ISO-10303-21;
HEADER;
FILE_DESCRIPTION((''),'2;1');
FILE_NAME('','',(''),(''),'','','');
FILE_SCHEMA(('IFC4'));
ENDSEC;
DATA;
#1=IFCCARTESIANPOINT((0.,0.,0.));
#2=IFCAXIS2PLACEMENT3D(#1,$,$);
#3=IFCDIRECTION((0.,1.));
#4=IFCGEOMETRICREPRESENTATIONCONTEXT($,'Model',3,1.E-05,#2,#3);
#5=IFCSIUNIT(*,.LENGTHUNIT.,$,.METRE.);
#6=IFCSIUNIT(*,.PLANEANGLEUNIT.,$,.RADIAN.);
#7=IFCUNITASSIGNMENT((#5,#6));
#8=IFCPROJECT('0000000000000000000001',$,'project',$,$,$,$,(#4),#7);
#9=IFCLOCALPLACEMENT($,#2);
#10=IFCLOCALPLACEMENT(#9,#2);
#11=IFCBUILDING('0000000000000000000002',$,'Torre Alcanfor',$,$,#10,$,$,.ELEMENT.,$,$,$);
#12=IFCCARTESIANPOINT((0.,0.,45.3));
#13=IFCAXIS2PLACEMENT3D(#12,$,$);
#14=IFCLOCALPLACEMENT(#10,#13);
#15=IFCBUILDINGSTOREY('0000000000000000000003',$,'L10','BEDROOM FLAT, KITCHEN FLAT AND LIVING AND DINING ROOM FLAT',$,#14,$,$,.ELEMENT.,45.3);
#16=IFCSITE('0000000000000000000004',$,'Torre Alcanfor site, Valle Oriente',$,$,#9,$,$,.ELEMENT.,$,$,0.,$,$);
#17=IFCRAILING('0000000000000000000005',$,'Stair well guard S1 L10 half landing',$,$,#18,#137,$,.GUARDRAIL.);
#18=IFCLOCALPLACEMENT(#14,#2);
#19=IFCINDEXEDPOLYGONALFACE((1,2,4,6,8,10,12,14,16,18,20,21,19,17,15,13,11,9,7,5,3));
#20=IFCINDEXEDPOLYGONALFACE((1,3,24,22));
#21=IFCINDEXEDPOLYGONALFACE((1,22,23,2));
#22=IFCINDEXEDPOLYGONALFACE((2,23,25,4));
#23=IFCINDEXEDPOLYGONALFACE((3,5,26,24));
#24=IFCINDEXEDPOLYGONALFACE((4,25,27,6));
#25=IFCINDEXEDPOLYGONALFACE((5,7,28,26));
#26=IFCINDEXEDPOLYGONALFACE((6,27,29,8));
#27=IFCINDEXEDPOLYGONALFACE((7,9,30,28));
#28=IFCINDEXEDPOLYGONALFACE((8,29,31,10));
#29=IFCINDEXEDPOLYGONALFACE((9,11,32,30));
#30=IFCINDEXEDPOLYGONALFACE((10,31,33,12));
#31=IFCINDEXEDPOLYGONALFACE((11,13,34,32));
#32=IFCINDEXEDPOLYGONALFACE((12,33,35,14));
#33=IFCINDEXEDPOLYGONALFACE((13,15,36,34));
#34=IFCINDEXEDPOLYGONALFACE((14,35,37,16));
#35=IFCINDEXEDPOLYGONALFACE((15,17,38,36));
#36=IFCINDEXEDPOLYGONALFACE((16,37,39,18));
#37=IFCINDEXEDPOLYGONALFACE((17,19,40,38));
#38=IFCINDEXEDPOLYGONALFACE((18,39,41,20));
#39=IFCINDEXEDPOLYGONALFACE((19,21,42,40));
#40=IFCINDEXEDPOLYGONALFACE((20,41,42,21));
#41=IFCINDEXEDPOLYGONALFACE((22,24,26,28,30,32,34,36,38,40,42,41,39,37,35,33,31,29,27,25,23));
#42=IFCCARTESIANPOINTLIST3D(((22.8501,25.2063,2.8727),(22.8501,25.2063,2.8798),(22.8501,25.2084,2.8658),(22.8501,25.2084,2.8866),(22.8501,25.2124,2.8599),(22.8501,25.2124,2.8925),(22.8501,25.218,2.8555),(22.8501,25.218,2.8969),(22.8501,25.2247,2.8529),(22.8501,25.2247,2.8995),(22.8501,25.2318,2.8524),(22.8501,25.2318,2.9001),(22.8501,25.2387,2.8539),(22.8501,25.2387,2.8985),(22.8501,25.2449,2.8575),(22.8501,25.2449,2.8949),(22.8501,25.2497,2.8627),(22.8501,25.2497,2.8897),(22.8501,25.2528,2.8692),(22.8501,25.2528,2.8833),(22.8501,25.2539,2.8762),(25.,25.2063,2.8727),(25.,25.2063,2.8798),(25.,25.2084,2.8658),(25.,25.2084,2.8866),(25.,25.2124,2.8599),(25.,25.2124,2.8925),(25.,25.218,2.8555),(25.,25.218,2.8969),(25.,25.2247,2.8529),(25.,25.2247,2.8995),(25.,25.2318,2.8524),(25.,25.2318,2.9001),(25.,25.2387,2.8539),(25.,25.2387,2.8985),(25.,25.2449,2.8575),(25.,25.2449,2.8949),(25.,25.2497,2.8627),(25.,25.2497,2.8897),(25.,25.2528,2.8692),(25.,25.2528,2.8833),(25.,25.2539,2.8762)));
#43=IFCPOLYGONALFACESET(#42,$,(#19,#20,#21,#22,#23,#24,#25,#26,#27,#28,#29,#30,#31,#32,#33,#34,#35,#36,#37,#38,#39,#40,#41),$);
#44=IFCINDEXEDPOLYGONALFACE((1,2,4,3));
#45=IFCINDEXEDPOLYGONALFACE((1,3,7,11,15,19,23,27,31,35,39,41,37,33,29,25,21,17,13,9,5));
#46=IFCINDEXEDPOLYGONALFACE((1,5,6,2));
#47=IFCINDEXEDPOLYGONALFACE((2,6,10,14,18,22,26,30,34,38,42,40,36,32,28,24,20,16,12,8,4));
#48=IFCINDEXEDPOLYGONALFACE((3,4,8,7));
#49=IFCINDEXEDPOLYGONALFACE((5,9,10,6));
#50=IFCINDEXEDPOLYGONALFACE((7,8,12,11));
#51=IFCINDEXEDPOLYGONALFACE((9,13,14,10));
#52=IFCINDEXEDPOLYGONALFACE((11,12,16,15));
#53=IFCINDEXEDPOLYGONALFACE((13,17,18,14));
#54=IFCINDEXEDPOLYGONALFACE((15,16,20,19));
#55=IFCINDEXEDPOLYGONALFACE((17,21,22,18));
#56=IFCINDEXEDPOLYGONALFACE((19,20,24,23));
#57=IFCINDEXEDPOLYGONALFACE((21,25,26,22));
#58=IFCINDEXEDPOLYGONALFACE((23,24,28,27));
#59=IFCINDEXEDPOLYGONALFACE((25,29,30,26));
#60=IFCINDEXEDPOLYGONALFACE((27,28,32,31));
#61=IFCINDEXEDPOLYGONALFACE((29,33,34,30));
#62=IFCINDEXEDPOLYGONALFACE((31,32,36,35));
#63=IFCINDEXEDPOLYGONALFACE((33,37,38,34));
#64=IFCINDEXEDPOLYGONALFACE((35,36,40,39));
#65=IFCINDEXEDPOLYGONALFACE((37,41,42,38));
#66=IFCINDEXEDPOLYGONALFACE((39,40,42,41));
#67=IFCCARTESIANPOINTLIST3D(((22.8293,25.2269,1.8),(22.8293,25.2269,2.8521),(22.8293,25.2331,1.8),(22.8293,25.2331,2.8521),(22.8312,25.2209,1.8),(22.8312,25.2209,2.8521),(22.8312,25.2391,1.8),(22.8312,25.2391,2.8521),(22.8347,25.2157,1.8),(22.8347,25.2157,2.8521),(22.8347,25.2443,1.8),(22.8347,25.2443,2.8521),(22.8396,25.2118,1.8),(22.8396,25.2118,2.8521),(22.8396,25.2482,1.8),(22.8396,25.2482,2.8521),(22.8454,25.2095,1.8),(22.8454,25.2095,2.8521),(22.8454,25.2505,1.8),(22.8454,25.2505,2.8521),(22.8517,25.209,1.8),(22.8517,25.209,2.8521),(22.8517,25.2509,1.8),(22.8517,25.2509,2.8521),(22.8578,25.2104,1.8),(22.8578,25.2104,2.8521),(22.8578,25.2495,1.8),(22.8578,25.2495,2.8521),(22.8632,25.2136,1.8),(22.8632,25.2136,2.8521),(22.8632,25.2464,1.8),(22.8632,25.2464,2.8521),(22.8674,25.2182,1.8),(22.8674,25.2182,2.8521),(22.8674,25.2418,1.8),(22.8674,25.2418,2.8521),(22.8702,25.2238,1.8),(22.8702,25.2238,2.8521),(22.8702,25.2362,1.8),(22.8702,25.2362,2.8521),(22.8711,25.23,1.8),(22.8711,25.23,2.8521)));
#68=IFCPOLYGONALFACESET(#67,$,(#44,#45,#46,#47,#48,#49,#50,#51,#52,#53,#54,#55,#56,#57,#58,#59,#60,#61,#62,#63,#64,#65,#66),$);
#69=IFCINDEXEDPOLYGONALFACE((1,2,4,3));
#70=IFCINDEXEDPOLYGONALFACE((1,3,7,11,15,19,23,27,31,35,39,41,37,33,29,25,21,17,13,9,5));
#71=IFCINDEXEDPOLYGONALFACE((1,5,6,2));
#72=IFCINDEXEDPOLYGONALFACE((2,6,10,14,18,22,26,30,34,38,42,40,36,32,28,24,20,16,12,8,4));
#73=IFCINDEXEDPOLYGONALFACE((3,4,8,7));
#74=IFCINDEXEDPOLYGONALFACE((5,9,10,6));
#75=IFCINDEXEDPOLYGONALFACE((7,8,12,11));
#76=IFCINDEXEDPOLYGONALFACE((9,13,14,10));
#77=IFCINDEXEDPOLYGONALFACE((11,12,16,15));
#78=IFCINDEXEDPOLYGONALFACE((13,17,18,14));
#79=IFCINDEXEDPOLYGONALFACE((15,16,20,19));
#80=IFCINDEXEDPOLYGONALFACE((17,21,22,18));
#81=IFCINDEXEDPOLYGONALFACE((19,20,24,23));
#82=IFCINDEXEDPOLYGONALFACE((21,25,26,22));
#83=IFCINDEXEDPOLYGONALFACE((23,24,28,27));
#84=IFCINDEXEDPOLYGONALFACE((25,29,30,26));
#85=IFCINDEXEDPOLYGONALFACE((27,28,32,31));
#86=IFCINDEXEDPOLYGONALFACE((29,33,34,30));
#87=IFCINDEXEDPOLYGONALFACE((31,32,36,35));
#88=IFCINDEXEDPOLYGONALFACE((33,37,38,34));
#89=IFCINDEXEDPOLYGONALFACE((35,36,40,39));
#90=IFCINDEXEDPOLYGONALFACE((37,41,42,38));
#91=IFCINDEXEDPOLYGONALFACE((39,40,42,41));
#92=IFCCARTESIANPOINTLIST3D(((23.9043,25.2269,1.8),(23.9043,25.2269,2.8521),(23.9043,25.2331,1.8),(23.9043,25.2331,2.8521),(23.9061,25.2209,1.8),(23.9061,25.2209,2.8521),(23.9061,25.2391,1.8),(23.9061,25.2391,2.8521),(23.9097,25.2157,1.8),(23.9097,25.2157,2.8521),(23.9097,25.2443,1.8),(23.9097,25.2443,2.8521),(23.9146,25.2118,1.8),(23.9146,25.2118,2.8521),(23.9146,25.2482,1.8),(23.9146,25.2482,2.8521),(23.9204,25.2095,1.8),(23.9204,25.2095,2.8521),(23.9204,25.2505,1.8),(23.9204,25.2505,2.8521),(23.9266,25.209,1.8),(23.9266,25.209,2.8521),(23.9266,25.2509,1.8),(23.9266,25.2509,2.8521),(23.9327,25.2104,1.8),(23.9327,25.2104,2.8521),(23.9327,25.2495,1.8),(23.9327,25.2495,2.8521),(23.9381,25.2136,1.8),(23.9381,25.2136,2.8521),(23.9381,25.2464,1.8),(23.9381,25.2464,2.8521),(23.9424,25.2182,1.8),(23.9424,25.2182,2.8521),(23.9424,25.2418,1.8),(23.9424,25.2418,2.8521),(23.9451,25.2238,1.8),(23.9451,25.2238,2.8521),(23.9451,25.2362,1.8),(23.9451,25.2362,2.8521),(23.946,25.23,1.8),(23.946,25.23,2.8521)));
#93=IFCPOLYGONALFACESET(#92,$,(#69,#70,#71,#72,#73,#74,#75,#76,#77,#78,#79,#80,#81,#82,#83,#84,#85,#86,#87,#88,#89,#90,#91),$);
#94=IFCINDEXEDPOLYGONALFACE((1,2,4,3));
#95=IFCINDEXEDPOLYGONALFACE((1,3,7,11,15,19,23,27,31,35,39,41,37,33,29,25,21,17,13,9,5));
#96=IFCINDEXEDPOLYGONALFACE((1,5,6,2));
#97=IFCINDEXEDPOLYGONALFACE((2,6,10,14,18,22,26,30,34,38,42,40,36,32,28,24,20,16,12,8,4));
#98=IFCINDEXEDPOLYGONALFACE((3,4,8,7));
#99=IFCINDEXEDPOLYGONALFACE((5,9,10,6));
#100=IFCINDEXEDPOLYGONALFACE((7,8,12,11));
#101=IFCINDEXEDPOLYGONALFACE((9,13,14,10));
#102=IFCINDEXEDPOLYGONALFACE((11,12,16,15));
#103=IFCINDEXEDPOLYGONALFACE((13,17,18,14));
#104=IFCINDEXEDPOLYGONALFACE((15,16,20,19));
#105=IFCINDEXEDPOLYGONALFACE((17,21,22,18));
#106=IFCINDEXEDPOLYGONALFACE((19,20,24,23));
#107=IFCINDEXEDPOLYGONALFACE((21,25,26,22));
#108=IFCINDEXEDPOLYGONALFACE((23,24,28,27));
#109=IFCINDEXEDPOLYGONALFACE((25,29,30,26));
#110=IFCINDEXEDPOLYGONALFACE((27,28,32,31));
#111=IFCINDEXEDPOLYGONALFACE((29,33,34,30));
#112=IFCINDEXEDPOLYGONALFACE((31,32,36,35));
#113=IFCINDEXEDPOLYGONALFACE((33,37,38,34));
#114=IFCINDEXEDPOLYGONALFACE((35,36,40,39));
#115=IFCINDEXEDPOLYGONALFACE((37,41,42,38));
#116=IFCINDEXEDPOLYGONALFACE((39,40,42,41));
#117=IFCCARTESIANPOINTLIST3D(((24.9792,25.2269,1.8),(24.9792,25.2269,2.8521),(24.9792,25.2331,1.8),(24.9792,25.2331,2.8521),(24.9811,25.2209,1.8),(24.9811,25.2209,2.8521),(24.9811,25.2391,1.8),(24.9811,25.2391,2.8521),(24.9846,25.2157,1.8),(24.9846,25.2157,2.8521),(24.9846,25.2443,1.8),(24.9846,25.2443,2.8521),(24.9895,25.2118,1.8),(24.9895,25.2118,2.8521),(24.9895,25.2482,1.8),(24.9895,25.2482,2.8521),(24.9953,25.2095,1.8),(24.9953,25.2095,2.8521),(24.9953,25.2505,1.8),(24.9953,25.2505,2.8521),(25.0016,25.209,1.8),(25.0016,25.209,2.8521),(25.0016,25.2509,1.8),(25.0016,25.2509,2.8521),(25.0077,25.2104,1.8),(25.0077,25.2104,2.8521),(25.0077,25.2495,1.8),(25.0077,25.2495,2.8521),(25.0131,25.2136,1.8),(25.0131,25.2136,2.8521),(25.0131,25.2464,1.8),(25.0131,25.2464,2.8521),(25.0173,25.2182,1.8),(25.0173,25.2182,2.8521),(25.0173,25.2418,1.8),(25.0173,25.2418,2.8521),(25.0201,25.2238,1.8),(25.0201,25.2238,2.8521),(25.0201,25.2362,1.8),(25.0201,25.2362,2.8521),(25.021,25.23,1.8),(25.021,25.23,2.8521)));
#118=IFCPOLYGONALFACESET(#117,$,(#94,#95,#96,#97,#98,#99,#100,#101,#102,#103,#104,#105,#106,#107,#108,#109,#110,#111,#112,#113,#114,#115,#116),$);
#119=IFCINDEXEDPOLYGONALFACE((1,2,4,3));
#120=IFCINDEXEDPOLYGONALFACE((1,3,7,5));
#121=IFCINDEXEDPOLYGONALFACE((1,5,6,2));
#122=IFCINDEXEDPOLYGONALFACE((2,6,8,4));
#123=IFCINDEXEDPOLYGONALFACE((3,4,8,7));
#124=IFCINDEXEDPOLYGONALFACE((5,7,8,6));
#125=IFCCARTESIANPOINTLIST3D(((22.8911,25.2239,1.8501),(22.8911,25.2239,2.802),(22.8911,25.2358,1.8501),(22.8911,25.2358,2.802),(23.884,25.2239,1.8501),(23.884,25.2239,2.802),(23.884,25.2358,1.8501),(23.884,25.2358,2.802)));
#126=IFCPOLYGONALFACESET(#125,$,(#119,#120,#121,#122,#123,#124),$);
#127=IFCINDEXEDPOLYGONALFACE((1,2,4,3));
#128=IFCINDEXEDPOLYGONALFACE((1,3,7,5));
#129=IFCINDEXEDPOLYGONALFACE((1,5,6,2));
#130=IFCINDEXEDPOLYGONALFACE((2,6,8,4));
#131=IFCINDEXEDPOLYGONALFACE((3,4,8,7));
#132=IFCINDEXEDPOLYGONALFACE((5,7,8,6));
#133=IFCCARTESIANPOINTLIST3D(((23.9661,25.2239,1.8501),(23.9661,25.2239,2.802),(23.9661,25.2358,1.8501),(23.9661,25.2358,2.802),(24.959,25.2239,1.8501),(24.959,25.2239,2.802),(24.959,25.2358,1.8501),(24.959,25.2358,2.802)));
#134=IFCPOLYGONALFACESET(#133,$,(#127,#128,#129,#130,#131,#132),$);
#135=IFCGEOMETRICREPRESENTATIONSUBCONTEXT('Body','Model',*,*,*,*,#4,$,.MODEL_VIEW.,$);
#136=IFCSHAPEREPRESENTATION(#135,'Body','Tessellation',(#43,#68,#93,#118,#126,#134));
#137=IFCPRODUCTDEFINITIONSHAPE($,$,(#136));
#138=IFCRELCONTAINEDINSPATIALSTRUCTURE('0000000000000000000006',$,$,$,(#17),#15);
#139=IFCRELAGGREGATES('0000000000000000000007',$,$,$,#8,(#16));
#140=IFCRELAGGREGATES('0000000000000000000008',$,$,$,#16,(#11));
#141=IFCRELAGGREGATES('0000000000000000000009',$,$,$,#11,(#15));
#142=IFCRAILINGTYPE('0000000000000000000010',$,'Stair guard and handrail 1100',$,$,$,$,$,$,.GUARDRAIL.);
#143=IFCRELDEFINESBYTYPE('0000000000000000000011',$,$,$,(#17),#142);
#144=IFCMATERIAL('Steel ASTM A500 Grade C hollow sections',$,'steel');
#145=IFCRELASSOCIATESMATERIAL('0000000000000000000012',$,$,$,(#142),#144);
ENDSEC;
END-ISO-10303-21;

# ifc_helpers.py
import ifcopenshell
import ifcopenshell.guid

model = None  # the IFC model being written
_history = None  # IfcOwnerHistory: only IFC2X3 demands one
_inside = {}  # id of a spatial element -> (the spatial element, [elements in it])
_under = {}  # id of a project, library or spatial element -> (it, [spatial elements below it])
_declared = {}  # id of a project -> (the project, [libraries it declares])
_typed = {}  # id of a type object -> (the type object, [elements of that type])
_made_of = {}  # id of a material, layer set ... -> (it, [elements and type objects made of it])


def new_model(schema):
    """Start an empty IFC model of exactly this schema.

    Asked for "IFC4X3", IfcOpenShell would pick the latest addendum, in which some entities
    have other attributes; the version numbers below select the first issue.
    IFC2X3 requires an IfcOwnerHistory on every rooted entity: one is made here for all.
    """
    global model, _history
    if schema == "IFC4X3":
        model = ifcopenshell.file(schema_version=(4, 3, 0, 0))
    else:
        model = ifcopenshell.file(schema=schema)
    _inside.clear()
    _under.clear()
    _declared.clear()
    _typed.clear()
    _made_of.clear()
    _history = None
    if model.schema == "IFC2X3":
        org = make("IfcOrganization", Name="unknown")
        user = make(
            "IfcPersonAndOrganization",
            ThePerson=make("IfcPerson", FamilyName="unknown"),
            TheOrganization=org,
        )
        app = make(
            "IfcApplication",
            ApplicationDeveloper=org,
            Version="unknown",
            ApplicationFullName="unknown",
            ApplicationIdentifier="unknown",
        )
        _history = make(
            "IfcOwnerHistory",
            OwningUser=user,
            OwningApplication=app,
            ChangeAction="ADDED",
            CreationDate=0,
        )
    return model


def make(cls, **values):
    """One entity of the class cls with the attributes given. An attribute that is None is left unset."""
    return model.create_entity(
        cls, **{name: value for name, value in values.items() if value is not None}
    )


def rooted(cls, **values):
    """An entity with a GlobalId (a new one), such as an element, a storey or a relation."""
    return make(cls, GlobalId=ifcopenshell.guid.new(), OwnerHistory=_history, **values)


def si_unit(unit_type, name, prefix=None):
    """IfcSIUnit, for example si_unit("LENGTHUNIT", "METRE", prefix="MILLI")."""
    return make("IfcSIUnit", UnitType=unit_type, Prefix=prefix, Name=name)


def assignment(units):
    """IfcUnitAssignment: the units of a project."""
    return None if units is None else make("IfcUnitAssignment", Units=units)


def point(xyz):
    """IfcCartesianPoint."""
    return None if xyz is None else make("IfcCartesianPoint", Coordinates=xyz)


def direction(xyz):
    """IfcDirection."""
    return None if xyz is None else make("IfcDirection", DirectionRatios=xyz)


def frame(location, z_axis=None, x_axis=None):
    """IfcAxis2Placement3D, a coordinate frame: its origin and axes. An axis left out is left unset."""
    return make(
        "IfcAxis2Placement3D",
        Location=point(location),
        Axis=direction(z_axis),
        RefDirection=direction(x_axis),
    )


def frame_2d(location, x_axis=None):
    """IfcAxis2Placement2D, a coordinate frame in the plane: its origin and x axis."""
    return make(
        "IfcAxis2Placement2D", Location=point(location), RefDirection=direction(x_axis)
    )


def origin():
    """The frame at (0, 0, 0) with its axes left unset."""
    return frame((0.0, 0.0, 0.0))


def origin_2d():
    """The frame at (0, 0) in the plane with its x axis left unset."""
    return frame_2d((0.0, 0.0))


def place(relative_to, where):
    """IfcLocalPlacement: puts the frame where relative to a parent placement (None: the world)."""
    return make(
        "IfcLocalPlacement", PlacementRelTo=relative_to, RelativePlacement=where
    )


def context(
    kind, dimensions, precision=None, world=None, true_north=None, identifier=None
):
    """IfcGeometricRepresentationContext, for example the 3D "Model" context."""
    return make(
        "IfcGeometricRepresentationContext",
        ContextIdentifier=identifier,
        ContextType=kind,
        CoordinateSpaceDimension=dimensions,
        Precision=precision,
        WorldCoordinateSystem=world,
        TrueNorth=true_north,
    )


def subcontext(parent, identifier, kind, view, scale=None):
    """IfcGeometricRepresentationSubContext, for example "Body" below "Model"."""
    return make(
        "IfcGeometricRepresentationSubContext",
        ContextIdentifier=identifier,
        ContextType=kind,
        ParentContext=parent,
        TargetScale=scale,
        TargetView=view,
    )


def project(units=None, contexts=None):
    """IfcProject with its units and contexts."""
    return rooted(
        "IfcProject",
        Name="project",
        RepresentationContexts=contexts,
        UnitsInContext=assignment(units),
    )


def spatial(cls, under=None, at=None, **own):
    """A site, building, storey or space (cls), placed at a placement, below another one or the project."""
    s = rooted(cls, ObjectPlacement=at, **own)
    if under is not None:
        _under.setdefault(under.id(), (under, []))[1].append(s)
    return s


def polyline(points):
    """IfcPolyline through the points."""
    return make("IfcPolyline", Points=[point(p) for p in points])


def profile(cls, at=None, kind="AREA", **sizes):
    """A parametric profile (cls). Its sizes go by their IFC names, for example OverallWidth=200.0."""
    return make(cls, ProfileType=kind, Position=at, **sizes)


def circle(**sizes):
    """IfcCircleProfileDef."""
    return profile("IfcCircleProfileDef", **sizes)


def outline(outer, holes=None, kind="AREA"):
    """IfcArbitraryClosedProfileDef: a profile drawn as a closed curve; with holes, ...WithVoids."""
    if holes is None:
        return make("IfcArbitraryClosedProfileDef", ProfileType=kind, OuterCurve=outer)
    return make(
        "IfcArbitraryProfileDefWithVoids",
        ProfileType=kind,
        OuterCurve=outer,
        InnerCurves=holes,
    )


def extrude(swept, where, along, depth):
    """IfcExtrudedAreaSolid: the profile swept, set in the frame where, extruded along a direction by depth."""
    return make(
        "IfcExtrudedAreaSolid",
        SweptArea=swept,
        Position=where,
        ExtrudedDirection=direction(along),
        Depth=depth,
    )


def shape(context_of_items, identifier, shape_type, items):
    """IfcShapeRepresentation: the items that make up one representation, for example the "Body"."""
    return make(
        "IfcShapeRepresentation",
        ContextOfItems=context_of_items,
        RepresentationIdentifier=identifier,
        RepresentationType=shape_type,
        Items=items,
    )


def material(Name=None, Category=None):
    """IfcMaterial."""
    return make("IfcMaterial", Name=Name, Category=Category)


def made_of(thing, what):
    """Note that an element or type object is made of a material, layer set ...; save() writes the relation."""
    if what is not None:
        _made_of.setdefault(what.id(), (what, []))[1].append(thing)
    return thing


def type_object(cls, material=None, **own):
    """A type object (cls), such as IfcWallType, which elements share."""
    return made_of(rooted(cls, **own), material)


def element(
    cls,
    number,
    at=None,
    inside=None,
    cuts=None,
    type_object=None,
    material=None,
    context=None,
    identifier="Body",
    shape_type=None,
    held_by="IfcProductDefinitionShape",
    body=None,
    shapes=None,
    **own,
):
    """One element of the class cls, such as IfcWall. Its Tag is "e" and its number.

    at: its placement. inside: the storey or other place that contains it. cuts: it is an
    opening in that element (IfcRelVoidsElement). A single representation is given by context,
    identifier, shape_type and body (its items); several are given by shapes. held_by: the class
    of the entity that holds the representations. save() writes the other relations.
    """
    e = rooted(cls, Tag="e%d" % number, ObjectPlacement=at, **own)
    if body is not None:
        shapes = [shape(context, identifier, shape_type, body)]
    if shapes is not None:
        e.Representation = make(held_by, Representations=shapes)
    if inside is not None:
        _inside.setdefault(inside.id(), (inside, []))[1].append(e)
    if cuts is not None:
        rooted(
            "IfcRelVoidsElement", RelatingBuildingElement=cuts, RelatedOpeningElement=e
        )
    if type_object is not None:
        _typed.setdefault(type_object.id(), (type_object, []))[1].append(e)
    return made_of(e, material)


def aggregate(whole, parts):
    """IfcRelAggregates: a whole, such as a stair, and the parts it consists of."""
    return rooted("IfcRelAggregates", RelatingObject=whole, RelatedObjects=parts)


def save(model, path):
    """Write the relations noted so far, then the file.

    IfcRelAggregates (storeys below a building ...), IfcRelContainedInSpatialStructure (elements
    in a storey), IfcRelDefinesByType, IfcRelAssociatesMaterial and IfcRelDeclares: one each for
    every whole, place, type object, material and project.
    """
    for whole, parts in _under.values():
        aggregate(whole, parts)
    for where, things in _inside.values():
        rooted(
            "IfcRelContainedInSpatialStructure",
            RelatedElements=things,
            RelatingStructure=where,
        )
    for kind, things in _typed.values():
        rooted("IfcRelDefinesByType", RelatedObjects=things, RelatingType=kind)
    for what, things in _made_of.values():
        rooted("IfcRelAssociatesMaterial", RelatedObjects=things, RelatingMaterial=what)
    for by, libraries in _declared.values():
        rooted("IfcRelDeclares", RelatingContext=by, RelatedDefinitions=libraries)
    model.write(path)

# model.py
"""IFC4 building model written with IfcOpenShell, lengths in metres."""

from ifc_helpers import new_model, si_unit, direction, frame, origin, origin_2d, place, context, subcontext, project, spatial, polyline, circle, outline, extrude, material, type_object, element, save


model = new_model("IFC4")

# Units and contexts
model_context = context("Model", 3, precision=1e-05, world=origin(), true_north=direction((0.0, 1.0)))
body_context = subcontext(model_context, "Body", "Model", "MODEL_VIEW")
ifc_project = project(units=[si_unit("LENGTHUNIT", "METRE"), si_unit("PLANEANGLEUNIT", "RADIAN")], contexts=[model_context])

# Site, building, storey
site_placement = place(None, origin())
site = spatial("IfcSite", under=ifc_project, at=site_placement, Name="Torre Alcanfor site, Valle Oriente", CompositionType="ELEMENT", RefElevation=0.0)
building_placement = place(site_placement, origin())
building = spatial("IfcBuilding", under=site, at=building_placement, Name="Torre Alcanfor", CompositionType="ELEMENT")
storey_placement = place(building_placement, frame((0.0, 0.0, 45.3)))
storey = spatial("IfcBuildingStorey", under=building, at=storey_placement, Name="L10", Description="BEDROOM FLAT, KITCHEN FLAT AND LIVING AND DINING ROOM FLAT", CompositionType="ELEMENT", Elevation=45.3)

# Railing
ifc_material_1 = material(Name="Steel ASTM A500 Grade C hollow sections", Category="steel")
railing_type_1 = type_object("IfcRailingType", Name="Stair guard and handrail 1100", PredefinedType="GUARDRAIL", material=ifc_material_1)
railing_1_placement = place(storey_placement, frame((22.8501, 25.23, 1.8)))
element("IfcRailing", 1, at=railing_1_placement, inside=storey, type_object=railing_type_1, Name="Stair well guard S1 L10 half landing", PredefinedType="GUARDRAIL", context=body_context, shape_type="SweptSolid", body=[
    extrude(circle(Radius=0.0239, at=origin_2d()), frame((0.0, 0.0, 1.0762), z_axis=(1.0, 0.0, 0.0), x_axis=(0.0, 1.0, 0.0)), (0.0, 0.0, 1.0), 2.1499),
    extrude(circle(Radius=0.021, at=origin_2d()), origin(), (0.0, 0.0, 1.0), 1.052),
    extrude(circle(Radius=0.021, at=origin_2d()), frame((1.075, 0.0, 0.0)), (0.0, 0.0, 1.0), 1.052),
    extrude(circle(Radius=0.021, at=origin_2d()), frame((2.1499, 0.0, 0.0)), (0.0, 0.0, 1.0), 1.052),
    extrude(outline(polyline([(0.041, 0.05), (1.0339, 0.05), (1.0339, 1.002), (0.041, 1.002), (0.041, 0.05)])), frame((0.0, 0.0059, 0.0), z_axis=(0.0, -1.0, 0.0), x_axis=(1.0, 0.0, 0.0)), (0.0, 0.0, 1.0), 0.012),
    extrude(outline(polyline([(1.116, 0.05), (2.1089, 0.05), (2.1089, 1.002), (1.116, 1.002), (1.116, 0.05)])), frame((0.0, 0.0059, 0.0), z_axis=(0.0, -1.0, 0.0), x_axis=(1.0, 0.0, 0.0)), (0.0, 0.0, 1.0), 0.012),
])

save(model, "model.ifc")
